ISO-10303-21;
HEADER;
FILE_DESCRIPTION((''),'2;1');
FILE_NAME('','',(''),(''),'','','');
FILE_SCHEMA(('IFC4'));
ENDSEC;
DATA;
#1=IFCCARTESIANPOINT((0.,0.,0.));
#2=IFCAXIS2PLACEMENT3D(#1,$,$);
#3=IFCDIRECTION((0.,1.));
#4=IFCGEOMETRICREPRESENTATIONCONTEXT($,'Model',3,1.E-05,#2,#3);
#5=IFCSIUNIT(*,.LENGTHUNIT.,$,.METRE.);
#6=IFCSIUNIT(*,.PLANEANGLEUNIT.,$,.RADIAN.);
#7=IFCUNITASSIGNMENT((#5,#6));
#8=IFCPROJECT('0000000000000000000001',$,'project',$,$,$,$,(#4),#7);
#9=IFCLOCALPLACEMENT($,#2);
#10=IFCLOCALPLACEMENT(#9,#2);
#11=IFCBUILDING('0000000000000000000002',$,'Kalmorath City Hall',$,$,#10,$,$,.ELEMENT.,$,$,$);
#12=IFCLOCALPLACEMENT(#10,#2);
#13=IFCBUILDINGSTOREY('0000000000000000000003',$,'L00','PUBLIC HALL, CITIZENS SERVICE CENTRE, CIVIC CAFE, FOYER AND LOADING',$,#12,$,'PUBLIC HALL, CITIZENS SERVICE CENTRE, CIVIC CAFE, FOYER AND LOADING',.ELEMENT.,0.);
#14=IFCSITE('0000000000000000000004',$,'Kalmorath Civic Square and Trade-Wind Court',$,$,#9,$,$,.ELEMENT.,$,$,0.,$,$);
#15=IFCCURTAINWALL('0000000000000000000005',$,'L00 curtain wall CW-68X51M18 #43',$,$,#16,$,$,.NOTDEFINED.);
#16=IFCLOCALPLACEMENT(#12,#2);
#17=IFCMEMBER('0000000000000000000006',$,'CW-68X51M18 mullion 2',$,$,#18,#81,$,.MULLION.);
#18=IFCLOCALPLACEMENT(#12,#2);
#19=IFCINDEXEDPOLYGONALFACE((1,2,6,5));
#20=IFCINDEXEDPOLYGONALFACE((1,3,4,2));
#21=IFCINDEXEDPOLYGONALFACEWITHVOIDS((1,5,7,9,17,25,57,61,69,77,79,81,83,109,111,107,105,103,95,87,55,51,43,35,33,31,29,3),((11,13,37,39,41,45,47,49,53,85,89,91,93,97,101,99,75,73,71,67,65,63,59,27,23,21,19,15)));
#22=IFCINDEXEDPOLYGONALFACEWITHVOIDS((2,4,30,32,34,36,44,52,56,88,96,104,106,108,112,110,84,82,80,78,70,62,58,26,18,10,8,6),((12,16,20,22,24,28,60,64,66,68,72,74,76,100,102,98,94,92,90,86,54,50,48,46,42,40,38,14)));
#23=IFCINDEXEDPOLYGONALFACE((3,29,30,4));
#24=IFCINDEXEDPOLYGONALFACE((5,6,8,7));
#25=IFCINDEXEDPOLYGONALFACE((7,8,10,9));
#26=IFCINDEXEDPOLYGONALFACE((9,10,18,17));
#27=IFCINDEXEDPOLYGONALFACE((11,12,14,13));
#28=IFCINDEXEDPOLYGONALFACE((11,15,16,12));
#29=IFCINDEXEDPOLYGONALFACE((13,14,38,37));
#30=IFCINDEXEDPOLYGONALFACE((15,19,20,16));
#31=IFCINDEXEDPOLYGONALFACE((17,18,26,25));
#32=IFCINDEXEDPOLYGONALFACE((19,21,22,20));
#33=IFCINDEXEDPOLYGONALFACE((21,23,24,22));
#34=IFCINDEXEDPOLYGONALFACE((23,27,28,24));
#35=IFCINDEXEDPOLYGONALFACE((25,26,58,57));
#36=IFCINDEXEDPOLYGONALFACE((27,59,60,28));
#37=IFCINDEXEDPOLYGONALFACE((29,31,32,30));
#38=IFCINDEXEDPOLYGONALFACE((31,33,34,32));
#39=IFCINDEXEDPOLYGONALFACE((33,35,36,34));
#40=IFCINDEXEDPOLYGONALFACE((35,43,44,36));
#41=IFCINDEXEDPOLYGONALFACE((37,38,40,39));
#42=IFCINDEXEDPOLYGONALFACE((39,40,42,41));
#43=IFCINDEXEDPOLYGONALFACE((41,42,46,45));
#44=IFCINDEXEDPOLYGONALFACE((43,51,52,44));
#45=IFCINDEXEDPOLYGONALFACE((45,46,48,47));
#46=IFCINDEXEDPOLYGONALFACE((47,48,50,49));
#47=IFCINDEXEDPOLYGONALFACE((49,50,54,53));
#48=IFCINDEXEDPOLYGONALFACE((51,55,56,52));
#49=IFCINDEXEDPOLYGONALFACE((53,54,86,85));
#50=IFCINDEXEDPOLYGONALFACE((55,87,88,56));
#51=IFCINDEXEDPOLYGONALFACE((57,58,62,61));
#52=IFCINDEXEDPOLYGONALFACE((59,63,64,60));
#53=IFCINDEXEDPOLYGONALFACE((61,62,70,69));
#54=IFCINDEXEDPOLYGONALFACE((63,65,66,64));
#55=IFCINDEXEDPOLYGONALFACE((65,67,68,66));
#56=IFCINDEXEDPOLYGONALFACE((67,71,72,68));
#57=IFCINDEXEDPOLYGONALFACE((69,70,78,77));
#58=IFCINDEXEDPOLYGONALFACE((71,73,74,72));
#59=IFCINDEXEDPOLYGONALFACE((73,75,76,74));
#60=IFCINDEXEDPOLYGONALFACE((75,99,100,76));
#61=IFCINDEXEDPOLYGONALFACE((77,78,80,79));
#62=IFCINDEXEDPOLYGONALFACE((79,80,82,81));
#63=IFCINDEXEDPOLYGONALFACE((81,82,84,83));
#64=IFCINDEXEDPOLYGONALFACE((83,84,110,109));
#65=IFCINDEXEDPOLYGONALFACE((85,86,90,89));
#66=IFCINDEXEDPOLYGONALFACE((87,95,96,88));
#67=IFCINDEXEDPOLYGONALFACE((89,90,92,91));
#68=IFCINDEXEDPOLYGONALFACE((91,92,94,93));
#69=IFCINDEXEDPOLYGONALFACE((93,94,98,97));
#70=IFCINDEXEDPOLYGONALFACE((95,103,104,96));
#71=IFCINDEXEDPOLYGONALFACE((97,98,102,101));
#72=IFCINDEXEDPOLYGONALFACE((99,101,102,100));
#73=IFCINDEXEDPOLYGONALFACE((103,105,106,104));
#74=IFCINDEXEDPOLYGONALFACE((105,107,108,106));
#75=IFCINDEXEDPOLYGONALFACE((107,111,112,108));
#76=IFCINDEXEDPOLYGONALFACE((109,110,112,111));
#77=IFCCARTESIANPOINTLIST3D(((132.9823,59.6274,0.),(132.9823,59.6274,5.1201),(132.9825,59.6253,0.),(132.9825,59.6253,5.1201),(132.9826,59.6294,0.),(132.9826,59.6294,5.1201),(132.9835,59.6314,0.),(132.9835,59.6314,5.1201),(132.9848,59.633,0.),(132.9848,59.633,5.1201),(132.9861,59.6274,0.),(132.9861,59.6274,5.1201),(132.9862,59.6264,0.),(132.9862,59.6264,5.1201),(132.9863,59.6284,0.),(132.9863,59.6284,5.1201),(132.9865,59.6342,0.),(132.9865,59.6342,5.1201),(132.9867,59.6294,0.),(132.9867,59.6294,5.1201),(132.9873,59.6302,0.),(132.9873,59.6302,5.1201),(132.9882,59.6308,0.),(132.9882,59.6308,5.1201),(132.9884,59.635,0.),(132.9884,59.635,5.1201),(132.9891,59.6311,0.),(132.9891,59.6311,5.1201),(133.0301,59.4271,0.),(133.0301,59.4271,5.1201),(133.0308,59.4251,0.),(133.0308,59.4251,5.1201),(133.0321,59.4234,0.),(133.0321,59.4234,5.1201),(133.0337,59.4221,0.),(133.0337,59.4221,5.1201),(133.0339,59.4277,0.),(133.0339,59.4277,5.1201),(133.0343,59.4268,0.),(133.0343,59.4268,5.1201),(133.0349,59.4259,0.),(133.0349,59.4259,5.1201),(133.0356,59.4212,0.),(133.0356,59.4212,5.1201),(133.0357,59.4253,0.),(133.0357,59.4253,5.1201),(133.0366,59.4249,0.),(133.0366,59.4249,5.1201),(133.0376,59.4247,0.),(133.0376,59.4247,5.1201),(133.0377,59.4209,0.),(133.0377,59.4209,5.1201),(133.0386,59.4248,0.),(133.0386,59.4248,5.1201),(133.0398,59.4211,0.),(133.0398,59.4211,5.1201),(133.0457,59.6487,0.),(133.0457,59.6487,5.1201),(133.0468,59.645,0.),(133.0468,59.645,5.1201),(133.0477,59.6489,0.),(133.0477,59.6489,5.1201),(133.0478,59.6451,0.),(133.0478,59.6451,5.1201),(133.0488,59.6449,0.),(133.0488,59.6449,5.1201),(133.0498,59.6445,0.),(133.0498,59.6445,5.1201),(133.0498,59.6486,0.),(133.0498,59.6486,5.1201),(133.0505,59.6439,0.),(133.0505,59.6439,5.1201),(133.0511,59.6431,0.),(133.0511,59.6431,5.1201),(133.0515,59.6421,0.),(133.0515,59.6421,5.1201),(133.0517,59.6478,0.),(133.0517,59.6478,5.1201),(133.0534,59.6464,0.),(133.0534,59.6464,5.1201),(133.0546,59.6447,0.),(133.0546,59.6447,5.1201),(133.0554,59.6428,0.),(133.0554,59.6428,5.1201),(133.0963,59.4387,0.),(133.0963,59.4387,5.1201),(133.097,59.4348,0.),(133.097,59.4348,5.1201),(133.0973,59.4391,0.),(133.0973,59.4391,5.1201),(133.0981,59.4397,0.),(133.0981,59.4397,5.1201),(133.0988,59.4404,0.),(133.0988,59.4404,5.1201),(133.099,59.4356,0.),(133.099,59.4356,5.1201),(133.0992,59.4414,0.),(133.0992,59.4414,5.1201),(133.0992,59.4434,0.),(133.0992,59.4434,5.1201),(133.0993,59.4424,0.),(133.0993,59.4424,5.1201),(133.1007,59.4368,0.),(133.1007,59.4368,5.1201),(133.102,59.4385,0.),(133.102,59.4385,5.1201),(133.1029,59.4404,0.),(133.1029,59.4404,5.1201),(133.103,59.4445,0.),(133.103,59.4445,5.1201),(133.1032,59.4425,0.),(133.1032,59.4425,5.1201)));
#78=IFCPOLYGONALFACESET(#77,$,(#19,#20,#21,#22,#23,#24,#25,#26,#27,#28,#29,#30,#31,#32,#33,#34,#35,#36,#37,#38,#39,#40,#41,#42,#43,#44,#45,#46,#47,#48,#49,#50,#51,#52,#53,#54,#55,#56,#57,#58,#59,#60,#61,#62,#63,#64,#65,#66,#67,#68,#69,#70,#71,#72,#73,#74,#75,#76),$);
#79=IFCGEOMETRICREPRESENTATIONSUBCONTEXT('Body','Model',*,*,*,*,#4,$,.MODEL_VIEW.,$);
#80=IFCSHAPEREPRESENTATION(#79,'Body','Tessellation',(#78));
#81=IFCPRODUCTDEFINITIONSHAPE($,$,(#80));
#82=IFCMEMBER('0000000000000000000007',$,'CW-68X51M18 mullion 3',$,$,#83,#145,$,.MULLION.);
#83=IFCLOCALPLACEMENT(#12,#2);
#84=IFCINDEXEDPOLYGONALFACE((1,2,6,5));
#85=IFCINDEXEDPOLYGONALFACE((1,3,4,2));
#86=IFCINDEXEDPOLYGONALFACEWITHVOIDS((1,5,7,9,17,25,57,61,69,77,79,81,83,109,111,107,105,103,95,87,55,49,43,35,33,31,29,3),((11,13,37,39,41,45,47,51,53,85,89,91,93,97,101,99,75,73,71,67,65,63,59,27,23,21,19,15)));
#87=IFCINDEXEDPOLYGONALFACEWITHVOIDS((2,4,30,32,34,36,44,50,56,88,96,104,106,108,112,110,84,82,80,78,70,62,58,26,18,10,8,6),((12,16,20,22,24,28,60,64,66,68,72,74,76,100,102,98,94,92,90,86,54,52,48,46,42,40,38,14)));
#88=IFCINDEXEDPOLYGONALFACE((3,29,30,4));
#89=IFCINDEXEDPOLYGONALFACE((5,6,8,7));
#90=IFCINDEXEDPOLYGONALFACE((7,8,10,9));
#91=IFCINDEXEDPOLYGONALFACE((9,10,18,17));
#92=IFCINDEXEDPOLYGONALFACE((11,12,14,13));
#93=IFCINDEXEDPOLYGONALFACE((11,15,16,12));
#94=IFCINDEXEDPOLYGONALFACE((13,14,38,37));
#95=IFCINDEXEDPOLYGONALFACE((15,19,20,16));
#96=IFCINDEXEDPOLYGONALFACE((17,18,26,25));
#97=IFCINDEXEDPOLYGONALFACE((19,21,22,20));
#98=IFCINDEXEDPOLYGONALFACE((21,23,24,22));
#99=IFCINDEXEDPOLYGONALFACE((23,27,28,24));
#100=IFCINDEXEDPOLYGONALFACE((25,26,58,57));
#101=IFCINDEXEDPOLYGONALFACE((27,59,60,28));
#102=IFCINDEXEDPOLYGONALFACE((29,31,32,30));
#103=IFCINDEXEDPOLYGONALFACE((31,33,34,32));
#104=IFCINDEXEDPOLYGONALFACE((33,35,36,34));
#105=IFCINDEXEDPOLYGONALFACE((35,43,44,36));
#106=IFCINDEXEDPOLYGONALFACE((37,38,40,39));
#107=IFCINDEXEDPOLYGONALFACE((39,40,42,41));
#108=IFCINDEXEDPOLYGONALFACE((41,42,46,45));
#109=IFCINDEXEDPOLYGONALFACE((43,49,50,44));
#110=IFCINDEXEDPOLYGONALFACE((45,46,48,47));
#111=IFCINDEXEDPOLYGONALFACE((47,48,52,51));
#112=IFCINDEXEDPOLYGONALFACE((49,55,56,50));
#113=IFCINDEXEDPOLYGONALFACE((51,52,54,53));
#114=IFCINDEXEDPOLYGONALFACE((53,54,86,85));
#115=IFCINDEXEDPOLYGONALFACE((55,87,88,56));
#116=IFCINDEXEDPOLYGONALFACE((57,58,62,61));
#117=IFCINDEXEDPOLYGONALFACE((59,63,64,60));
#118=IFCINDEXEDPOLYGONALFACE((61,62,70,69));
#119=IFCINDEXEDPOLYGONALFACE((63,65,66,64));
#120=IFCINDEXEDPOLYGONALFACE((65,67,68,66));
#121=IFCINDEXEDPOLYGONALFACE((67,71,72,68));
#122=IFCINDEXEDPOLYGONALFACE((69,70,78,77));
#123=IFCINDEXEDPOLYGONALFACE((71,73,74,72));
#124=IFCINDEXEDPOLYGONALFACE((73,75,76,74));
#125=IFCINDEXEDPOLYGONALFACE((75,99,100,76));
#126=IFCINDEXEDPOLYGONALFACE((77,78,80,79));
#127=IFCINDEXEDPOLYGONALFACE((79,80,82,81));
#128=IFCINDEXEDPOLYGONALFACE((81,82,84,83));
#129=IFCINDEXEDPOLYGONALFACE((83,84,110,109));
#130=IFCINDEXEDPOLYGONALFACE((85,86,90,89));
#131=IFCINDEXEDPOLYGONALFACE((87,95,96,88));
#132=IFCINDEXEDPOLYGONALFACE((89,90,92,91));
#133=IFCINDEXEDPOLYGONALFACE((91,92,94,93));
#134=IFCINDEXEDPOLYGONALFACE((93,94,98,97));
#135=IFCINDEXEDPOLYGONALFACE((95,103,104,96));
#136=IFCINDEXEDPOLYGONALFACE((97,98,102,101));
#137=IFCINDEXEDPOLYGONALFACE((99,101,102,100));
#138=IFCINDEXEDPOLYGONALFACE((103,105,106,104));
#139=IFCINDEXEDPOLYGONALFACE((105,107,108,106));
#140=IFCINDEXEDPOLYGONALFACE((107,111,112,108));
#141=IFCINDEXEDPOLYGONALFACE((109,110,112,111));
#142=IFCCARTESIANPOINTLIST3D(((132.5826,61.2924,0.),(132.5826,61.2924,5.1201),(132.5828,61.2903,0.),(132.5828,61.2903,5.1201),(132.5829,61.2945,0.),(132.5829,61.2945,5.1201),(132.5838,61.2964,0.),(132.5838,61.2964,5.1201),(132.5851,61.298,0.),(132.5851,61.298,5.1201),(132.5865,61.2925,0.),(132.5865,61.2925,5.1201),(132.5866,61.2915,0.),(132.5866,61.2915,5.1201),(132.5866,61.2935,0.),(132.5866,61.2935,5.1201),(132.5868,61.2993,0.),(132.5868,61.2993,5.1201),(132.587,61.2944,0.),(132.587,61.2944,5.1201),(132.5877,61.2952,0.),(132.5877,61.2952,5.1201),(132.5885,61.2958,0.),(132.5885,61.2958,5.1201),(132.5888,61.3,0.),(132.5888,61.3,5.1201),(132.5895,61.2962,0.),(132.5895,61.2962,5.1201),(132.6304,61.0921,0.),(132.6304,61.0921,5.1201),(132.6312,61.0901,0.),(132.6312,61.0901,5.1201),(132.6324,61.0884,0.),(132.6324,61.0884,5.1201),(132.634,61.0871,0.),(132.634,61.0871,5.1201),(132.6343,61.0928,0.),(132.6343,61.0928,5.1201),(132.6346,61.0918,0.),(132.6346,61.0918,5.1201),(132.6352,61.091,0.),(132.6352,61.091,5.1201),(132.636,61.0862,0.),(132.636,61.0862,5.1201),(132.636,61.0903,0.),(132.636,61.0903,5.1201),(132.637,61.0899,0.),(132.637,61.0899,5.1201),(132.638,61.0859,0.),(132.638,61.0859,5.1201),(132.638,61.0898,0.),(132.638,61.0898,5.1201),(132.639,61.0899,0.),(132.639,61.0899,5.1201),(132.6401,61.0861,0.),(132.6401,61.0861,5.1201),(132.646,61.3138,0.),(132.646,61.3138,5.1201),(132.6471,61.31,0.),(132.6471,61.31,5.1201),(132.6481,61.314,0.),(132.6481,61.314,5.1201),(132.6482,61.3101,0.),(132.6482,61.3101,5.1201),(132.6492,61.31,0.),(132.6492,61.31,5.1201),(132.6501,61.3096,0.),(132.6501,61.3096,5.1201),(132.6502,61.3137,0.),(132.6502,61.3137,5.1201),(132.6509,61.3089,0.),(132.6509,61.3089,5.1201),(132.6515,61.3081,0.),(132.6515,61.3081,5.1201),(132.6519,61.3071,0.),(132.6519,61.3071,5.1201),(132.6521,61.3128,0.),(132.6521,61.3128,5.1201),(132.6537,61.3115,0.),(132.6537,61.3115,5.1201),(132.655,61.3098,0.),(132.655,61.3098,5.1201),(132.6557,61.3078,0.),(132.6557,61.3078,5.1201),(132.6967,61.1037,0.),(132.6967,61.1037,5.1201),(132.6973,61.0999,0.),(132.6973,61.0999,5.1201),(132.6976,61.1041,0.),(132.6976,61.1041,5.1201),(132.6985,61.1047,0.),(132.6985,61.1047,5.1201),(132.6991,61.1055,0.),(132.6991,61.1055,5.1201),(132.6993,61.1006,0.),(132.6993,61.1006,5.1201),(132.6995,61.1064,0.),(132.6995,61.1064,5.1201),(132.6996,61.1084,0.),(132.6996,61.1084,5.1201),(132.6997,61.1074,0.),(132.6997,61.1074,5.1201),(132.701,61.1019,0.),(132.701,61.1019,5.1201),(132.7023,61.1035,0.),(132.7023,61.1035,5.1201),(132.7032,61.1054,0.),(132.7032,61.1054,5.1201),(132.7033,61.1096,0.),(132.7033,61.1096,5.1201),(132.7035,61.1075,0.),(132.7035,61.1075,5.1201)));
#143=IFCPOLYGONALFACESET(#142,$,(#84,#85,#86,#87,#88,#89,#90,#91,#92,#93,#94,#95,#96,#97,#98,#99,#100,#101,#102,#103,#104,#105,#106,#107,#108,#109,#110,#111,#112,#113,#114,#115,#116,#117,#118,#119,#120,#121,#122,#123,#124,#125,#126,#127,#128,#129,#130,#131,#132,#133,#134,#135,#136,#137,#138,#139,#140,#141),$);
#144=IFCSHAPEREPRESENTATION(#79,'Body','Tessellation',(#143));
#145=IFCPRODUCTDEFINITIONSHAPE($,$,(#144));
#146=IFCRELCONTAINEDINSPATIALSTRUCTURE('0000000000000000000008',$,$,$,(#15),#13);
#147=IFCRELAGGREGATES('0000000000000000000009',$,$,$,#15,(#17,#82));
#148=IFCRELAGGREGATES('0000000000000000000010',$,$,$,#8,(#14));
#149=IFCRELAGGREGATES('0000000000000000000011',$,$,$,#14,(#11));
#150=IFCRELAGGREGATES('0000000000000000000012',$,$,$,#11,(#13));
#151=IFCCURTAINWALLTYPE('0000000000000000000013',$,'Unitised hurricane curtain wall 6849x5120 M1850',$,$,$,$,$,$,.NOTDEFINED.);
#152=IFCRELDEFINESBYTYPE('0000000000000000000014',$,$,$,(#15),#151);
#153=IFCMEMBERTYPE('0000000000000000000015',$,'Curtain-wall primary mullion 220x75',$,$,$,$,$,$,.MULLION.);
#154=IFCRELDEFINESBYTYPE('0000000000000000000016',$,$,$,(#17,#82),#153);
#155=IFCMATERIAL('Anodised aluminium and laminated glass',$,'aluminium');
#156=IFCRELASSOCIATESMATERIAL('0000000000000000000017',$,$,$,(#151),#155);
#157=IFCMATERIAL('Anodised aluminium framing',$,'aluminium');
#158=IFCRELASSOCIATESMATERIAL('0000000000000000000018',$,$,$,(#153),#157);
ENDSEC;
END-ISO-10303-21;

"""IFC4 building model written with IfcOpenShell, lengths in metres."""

from ifc_helpers import new_model, si_unit, direction, frame, origin, origin_2d, place, context, subcontext, project, spatial, hollow_rectangle, extrude, material, material_profile, profile_set, type_object, element, aggregate, save


model = new_model("IFC4")

# Units and contexts
model_context = context("Model", 3, precision=1e-05, world=origin(), true_north=direction((0.0, 1.0)))
body_context = subcontext(model_context, "Body", "Model", "MODEL_VIEW")
ifc_project = project(units=[si_unit("LENGTHUNIT", "METRE"), si_unit("PLANEANGLEUNIT", "RADIAN")], contexts=[model_context])

# Site, building, storey
site_placement = place(None, origin())
site = spatial("IfcSite", under=ifc_project, at=site_placement, Name="Kalmorath Civic Square and Trade-Wind Court", CompositionType="ELEMENT", RefElevation=0.0)
building_placement = place(site_placement, origin())
building = spatial("IfcBuilding", under=site, at=building_placement, Name="Kalmorath City Hall", CompositionType="ELEMENT")
storey_placement = place(building_placement, origin())
storey = spatial("IfcBuildingStorey", under=building, at=storey_placement, Name="L00", Description="PUBLIC HALL, CITIZENS SERVICE CENTRE, CIVIC CAFE, FOYER AND LOADING", LongName="PUBLIC HALL, CITIZENS SERVICE CENTRE, CIVIC CAFE, FOYER AND LOADING", CompositionType="ELEMENT", Elevation=0.0)

# Curtain wall, members
ifc_material_1 = material(Name="Anodised aluminium and laminated glass", Category="aluminium")
curtain_wall_type = type_object("IfcCurtainWallType", Name="Unitised hurricane curtain wall 6849x5120 M1850", PredefinedType="NOTDEFINED", material=ifc_material_1)
curtain_wall_placement = place(storey_placement, origin())
curtain_wall = element("IfcCurtainWall", 1, at=curtain_wall_placement, inside=storey, type_object=curtain_wall_type, Name="L00 curtain wall CW-68X51M18 #43", PredefinedType="NOTDEFINED")
ifc_material_2 = material(Name="Anodised aluminium framing", Category="aluminium")
ifc_material_profile_1 = material_profile(ifc_material_2, hollow_rectangle(XDim=0.075, YDim=0.22, WallThickness=0.0039, InnerFilletRadius=0.0039, OuterFilletRadius=0.0081, at=origin_2d()), Name="ALU-MUL-220X75X4")
ifc_profile_set_1 = profile_set([ifc_material_profile_1], Name="Anodised aluminium framing")
member_type_1 = type_object("IfcMemberType", Name="Curtain-wall primary mullion 220x75", PredefinedType="MULLION", material=ifc_profile_set_1)
member_1_placement = place(storey_placement, frame((133.0427, 59.5349, 0.0), z_axis=(0.0, 0.0, 1.0), x_axis=(-0.972367, -0.233456, 0.0)))
member_1 = element("IfcMember", 2, at=member_1_placement, type_object=member_type_1, Name="CW-68X51M18 mullion 2", PredefinedType="MULLION", context=body_context, shape_type="SweptSolid", body=[
    extrude(hollow_rectangle(XDim=0.075, YDim=0.22, WallThickness=0.0039, InnerFilletRadius=0.0039, OuterFilletRadius=0.0081, at=origin_2d()), origin(), (0.0, 0.0, 1.0), 5.1201),
])
member_2_placement = place(storey_placement, frame((132.6431, 61.2, 0.0), z_axis=(0.0, 0.0, 1.0), x_axis=(-0.972367, -0.233456, 0.0)))
member_2 = element("IfcMember", 3, at=member_2_placement, type_object=member_type_1, Name="CW-68X51M18 mullion 3", PredefinedType="MULLION", context=body_context, shape_type="SweptSolid", body=[
    extrude(hollow_rectangle(XDim=0.075, YDim=0.22, WallThickness=0.0039, InnerFilletRadius=0.0039, OuterFilletRadius=0.0081, at=origin_2d()), origin(), (0.0, 0.0, 1.0), 5.1201),
])
aggregate(curtain_wall, [member_1, member_2])

save(model, "model.ifc")
